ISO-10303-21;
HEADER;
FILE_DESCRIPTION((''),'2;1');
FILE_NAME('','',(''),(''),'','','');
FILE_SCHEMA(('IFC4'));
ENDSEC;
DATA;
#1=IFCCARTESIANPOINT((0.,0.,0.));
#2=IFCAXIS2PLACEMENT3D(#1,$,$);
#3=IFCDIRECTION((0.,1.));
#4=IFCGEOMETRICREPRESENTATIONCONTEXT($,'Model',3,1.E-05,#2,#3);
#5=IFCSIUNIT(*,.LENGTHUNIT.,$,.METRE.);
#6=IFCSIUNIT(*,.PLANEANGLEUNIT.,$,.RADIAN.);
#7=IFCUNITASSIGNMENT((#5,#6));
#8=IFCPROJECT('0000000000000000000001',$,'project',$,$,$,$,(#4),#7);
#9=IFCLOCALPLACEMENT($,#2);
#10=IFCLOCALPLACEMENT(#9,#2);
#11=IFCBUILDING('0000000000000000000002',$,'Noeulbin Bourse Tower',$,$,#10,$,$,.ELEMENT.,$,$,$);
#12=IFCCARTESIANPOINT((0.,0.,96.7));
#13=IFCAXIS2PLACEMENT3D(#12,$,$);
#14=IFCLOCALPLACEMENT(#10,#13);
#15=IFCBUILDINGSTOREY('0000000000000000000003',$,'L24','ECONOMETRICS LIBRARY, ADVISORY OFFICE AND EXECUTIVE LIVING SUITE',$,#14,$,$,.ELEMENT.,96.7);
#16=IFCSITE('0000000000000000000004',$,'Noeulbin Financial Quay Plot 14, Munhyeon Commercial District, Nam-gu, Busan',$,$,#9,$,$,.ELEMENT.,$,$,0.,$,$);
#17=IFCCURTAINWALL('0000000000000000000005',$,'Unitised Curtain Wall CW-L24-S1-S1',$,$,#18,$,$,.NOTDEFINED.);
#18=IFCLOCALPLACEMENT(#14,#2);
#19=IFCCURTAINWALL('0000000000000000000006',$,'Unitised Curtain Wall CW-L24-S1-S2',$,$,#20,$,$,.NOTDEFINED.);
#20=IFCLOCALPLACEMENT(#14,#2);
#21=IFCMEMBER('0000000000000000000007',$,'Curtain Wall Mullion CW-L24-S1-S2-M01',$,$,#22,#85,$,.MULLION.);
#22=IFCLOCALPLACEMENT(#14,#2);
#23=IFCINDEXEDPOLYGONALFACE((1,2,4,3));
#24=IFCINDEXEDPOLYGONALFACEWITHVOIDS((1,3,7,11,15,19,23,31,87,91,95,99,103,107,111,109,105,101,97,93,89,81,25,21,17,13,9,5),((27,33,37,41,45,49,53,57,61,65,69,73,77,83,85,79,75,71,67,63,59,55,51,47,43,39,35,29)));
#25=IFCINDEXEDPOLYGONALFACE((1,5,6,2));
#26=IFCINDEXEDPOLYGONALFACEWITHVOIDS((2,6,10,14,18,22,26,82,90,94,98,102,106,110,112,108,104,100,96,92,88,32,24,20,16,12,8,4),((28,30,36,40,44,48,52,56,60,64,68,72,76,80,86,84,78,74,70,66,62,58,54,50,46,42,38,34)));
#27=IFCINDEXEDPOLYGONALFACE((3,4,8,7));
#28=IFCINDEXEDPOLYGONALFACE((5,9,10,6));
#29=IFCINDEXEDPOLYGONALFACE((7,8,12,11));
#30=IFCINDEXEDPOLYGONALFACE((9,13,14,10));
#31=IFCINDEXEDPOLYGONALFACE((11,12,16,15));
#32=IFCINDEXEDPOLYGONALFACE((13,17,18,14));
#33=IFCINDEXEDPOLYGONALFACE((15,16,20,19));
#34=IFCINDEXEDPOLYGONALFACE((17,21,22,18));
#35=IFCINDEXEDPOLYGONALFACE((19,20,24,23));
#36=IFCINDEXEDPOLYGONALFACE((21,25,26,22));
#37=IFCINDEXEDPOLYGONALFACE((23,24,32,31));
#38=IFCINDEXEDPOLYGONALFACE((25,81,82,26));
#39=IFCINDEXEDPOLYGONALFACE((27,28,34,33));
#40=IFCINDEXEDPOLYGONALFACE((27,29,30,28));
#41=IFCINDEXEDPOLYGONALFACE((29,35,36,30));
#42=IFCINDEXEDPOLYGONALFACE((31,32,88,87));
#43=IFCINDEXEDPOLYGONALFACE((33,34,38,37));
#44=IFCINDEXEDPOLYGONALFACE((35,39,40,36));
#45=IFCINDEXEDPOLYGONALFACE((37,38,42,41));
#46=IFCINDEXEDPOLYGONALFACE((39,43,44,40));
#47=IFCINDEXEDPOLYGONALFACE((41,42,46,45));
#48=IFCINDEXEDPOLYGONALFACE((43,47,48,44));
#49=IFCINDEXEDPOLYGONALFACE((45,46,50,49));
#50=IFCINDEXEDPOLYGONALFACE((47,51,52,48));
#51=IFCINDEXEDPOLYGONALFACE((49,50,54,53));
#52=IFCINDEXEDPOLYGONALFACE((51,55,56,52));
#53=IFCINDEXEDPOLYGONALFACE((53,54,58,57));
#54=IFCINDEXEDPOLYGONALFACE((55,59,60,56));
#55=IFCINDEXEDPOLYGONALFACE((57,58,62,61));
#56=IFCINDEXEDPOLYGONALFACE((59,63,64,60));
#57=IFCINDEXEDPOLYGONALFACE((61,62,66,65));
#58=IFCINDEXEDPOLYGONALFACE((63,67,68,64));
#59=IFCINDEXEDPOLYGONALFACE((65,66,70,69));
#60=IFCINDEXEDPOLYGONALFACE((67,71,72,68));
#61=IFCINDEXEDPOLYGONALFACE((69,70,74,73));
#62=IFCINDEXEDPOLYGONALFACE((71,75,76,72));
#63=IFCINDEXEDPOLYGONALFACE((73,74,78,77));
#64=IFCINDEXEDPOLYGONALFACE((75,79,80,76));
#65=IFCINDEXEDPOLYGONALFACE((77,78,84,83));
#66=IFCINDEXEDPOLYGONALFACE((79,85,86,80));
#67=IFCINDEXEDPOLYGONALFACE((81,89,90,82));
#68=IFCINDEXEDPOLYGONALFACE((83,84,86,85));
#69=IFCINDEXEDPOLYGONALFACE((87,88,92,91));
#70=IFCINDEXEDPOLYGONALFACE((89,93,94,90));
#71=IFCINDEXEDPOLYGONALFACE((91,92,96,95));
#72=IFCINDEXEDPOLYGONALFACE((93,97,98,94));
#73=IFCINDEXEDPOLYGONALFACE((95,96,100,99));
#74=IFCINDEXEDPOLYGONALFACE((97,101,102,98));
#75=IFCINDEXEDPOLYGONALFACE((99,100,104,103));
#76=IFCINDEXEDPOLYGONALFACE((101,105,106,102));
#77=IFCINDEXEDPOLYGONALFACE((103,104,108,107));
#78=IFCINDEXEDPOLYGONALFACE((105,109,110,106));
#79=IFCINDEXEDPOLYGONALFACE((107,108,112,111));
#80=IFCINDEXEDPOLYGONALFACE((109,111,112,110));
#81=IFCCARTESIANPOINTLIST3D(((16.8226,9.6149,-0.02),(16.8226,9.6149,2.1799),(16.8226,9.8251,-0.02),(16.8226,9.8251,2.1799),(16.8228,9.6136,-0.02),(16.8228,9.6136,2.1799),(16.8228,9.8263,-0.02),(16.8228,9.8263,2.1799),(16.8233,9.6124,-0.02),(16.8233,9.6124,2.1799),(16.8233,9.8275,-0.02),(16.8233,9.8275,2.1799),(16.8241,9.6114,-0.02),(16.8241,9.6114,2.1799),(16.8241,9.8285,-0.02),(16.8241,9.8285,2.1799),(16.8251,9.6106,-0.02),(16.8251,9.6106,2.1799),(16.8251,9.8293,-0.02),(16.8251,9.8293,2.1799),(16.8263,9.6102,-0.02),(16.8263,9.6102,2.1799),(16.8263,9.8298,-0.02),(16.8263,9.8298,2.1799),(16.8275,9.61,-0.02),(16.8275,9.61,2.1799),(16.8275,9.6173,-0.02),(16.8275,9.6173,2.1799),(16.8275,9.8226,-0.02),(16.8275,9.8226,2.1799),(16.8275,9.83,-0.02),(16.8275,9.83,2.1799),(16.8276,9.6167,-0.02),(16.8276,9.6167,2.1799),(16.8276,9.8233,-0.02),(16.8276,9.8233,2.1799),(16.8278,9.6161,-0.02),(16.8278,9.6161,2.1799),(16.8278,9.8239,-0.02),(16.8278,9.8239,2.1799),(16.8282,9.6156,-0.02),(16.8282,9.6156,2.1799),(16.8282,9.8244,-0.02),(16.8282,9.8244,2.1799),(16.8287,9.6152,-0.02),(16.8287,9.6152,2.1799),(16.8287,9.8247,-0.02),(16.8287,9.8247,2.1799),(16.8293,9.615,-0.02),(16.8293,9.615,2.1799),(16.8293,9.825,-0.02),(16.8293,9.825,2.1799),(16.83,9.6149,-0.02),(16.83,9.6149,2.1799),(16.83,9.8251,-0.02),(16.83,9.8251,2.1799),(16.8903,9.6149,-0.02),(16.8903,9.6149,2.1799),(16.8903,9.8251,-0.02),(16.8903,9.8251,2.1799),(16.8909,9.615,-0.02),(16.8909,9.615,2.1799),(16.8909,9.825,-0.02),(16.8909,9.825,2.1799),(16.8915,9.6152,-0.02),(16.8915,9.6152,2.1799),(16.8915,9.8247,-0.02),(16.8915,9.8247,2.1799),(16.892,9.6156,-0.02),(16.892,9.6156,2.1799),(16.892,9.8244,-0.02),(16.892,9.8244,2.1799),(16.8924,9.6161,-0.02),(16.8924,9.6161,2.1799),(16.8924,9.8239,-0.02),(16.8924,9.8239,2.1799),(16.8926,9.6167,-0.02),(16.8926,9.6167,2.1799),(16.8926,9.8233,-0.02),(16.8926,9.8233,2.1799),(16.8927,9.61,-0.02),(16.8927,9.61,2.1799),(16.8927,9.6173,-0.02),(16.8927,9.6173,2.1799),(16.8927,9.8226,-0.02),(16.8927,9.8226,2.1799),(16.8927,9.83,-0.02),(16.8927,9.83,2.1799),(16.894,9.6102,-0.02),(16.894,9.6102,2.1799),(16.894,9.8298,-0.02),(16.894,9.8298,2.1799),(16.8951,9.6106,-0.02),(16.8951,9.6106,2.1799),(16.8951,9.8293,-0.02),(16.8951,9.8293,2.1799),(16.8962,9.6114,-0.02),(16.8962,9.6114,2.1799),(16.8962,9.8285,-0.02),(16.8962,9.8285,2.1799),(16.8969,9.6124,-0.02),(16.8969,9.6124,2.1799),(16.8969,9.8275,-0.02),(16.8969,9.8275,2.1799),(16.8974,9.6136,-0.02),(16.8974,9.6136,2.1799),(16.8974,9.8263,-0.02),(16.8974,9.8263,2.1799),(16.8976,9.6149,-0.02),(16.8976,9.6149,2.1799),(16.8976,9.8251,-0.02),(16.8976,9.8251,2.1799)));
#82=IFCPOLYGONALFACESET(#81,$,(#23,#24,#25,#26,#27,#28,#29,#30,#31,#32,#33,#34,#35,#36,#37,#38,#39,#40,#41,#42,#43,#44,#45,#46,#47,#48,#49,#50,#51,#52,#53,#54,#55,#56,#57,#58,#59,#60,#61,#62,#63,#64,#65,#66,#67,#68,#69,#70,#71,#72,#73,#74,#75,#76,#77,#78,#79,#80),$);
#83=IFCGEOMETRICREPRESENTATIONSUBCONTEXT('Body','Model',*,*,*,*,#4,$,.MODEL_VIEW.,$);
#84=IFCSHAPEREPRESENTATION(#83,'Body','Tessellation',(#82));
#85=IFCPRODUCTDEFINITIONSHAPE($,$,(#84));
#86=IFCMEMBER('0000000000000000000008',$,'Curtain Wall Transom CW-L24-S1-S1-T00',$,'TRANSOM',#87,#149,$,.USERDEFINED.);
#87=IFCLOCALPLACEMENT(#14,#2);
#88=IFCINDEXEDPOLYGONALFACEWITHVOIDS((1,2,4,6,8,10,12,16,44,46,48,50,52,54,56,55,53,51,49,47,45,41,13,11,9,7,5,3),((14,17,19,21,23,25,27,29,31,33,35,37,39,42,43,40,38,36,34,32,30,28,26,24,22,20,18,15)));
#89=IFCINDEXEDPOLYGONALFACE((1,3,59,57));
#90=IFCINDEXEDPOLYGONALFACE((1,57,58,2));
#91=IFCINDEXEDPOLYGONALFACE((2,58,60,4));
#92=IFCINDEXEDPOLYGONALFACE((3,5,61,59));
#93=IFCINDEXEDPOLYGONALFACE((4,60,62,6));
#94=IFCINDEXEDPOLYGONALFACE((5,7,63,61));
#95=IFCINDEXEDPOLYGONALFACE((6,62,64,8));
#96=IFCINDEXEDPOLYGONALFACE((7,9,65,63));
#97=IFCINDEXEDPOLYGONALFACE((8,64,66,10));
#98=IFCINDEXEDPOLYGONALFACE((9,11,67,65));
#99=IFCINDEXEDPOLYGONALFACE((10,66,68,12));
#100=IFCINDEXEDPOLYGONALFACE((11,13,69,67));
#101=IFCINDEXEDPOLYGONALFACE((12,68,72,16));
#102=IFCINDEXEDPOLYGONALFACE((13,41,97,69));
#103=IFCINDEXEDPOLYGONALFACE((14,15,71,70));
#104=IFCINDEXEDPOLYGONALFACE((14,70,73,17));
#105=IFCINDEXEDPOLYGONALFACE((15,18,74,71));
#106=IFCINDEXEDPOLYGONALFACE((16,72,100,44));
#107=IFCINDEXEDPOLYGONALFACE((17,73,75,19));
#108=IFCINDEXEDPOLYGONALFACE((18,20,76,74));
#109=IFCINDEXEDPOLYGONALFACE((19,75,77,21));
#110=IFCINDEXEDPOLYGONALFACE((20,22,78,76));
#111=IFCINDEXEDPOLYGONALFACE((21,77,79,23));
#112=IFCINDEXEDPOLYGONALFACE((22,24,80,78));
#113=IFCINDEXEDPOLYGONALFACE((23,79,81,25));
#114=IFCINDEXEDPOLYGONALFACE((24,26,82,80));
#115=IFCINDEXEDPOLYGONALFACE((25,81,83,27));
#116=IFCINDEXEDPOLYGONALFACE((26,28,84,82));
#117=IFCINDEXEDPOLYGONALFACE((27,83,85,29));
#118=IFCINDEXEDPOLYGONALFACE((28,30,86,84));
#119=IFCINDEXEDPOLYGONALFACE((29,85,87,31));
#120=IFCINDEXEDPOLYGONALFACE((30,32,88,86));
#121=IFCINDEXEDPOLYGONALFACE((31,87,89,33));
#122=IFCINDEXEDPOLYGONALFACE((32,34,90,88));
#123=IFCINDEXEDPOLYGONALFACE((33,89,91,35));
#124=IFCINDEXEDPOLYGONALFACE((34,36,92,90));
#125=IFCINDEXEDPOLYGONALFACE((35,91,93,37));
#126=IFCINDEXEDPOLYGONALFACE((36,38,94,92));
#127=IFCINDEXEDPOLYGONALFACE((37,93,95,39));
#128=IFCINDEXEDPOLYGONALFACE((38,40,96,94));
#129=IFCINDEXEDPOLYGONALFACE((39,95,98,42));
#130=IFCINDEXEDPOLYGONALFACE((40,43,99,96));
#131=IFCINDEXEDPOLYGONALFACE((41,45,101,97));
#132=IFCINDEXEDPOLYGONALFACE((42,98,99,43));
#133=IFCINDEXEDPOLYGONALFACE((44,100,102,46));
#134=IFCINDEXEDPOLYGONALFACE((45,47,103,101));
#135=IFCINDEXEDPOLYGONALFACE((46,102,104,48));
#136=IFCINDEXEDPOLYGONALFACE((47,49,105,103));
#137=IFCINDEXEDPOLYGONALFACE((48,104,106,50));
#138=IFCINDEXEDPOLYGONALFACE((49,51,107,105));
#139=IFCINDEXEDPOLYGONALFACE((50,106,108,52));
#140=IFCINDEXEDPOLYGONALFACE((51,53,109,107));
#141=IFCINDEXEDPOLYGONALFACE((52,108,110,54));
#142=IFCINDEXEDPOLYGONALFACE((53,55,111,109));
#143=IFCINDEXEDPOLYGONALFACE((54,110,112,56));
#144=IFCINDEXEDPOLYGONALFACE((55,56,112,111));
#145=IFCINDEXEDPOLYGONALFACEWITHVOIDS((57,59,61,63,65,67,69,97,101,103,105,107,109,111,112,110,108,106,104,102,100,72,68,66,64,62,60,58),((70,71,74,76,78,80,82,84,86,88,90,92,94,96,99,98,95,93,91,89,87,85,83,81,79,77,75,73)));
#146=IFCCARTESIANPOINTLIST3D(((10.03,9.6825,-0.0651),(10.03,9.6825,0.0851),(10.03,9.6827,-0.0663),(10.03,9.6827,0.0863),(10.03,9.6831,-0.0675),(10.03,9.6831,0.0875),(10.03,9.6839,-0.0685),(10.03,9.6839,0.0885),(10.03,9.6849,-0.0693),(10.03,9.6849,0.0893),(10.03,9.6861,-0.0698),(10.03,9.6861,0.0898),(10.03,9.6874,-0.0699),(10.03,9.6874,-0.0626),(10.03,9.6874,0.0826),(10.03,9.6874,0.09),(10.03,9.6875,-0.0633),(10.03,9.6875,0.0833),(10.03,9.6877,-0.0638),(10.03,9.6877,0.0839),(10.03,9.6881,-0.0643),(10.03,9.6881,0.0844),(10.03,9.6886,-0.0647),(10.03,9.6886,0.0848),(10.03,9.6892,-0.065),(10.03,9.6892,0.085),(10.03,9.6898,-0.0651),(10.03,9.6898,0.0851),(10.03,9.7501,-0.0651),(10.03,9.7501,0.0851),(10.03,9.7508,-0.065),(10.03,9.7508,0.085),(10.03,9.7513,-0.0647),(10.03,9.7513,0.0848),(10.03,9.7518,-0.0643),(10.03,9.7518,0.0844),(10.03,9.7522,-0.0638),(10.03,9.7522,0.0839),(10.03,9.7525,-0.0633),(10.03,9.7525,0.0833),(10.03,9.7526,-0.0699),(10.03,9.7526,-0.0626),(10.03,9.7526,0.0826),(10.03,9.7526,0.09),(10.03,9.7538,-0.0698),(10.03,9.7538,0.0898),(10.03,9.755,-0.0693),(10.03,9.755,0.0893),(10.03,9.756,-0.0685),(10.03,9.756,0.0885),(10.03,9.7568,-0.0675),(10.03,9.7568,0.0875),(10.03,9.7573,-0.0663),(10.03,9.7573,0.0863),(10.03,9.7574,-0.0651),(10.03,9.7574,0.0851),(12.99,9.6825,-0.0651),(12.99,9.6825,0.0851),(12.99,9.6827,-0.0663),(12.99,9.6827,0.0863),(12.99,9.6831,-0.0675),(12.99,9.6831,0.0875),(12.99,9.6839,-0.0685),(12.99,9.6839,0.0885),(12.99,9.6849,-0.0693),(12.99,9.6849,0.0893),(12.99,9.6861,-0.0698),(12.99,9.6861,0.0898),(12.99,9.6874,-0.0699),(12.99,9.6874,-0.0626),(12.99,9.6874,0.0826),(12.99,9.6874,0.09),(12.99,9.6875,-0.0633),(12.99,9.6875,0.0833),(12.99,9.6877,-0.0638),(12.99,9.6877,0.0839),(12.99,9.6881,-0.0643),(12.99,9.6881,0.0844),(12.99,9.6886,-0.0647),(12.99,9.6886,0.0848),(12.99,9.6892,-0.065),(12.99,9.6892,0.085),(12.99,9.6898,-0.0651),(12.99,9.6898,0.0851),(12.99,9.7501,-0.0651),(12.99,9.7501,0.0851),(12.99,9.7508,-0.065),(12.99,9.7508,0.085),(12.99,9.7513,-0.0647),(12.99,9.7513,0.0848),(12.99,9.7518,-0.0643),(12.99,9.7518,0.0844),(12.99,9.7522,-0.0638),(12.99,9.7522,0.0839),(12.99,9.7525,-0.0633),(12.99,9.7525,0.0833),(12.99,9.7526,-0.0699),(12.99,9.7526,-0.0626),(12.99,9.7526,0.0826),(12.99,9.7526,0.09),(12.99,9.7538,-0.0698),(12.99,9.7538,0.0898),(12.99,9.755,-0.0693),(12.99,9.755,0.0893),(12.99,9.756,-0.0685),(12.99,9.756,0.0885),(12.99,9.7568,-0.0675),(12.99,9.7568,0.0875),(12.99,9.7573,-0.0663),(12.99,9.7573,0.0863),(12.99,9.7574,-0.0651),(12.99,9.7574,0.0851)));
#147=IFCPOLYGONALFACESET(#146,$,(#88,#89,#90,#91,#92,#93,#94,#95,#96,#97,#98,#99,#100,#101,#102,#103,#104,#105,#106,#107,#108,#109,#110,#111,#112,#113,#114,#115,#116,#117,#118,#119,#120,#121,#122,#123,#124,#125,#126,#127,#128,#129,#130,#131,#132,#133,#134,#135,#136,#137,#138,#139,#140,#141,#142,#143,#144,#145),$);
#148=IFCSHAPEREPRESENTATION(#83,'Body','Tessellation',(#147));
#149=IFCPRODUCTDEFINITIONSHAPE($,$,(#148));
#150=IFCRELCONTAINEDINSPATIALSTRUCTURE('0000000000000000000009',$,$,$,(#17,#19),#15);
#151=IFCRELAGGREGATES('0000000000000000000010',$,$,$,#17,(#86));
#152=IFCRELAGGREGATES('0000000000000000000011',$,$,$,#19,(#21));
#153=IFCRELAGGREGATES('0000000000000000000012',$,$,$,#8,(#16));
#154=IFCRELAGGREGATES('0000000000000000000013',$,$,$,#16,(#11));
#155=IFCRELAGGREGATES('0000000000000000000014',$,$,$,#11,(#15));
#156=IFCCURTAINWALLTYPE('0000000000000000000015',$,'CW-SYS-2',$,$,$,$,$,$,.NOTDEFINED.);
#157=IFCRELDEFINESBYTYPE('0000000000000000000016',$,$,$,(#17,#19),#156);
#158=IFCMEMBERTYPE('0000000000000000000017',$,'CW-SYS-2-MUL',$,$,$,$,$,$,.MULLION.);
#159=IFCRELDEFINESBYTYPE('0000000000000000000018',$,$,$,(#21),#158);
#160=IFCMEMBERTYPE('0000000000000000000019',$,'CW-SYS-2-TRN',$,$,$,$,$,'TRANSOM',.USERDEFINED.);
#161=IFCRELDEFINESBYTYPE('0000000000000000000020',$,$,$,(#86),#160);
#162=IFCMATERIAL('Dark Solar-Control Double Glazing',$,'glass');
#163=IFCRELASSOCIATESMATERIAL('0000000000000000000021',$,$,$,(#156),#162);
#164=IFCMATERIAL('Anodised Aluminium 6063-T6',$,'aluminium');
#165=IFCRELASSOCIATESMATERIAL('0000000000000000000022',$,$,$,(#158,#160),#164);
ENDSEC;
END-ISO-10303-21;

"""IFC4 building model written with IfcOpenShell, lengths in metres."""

from ifc_helpers import new_model, si_unit, direction, frame, origin, origin_2d, place, context, subcontext, project, spatial, hollow_rectangle, extrude, material, material_profile, profile_set, type_object, element, aggregate, save


model = new_model("IFC4")

# Units and contexts
model_context = context("Model", 3, precision=1e-05, world=origin(), true_north=direction((0.0, 1.0)))
body_context = subcontext(model_context, "Body", "Model", "MODEL_VIEW")
ifc_project = project(units=[si_unit("LENGTHUNIT", "METRE"), si_unit("PLANEANGLEUNIT", "RADIAN")], contexts=[model_context])

# Site, building, storey
site_placement = place(None, origin())
site = spatial("IfcSite", under=ifc_project, at=site_placement, Name="Noeulbin Financial Quay Plot 14, Munhyeon Commercial District, Nam-gu, Busan", CompositionType="ELEMENT", RefElevation=0.0)
building_placement = place(site_placement, origin())
building = spatial("IfcBuilding", under=site, at=building_placement, Name="Noeulbin Bourse Tower", CompositionType="ELEMENT")
storey_placement = place(building_placement, frame((0.0, 0.0, 96.7)))
storey = spatial("IfcBuildingStorey", under=building, at=storey_placement, Name="L24", Description="ECONOMETRICS LIBRARY, ADVISORY OFFICE AND EXECUTIVE LIVING SUITE", CompositionType="ELEMENT", Elevation=96.7)

# Curtain walls, member
ifc_material_1 = material(Name="Dark Solar-Control Double Glazing", Category="glass")
curtain_wall_type = type_object("IfcCurtainWallType", Name="CW-SYS-2", PredefinedType="NOTDEFINED", material=ifc_material_1)
curtain_wall_1_placement = place(storey_placement, origin())
curtain_wall_1 = element("IfcCurtainWall", 1, at=curtain_wall_1_placement, inside=storey, type_object=curtain_wall_type, Name="Unitised Curtain Wall CW-L24-S1-S1", PredefinedType="NOTDEFINED")
ifc_material_2 = material(Name="Anodised Aluminium 6063-T6", Category="aluminium")
ifc_material_profile_1 = material_profile(ifc_material_2, hollow_rectangle(XDim=0.075, YDim=0.22, WallThickness=0.0049, InnerFilletRadius=0.0024, OuterFilletRadius=0.0049, at=origin_2d()), Name="ALU-MULL-75x220x5", Category="LoadBearing")
ifc_profile_set_1 = profile_set([ifc_material_profile_1], Name="Anodised Aluminium 6063-T6")
member_type_1 = type_object("IfcMemberType", Name="CW-SYS-2-MUL", PredefinedType="MULLION", material=ifc_profile_set_1)
curtain_wall_2_placement = place(storey_placement, origin())
curtain_wall_2 = element("IfcCurtainWall", 2, at=curtain_wall_2_placement, inside=storey, type_object=curtain_wall_type, Name="Unitised Curtain Wall CW-L24-S1-S2", PredefinedType="NOTDEFINED")
member_1_placement = place(storey_placement, frame((16.8601, 9.72, -0.02), z_axis=(0.0, 0.0, 1.0), x_axis=(1.0, 0.0, 0.0)))
member_1 = element("IfcMember", 3, at=member_1_placement, type_object=member_type_1, Name="Curtain Wall Mullion CW-L24-S1-S2-M01", PredefinedType="MULLION", context=body_context, shape_type="SweptSolid", body=[
    extrude(hollow_rectangle(XDim=0.075, YDim=0.22, WallThickness=0.0049, InnerFilletRadius=0.0024, OuterFilletRadius=0.0049, at=origin_2d()), origin(), (0.0, 0.0, 1.0), 2.2),
])

# Member
ifc_material_profile_2 = material_profile(ifc_material_2, hollow_rectangle(XDim=0.075, YDim=0.1599, WallThickness=0.0049, InnerFilletRadius=0.0024, OuterFilletRadius=0.0049, at=origin_2d()), Name="ALU-TRAN-75x160x5", Category="LoadBearing")
ifc_profile_set_2 = profile_set([ifc_material_profile_2], Name="Anodised Aluminium 6063-T6")
member_type_2 = type_object("IfcMemberType", Name="CW-SYS-2-TRN", ElementType="TRANSOM", PredefinedType="USERDEFINED", material=ifc_profile_set_2)
member_2_placement = place(storey_placement, frame((10.03, 9.72, 0.01), z_axis=(1.0, 0.0, 0.0), x_axis=(0.0, 1.0, 0.0)))
member_2 = element("IfcMember", 4, at=member_2_placement, type_object=member_type_2, Name="Curtain Wall Transom CW-L24-S1-S1-T00", ObjectType="TRANSOM", PredefinedType="USERDEFINED", context=body_context, shape_type="SweptSolid", body=[
    extrude(hollow_rectangle(XDim=0.075, YDim=0.1599, WallThickness=0.0049, InnerFilletRadius=0.0024, OuterFilletRadius=0.0049, at=origin_2d()), origin(), (0.0, 0.0, 1.0), 2.96),
])

aggregate(curtain_wall_1, [member_2])
aggregate(curtain_wall_2, [member_1])

save(model, "model.ifc")
